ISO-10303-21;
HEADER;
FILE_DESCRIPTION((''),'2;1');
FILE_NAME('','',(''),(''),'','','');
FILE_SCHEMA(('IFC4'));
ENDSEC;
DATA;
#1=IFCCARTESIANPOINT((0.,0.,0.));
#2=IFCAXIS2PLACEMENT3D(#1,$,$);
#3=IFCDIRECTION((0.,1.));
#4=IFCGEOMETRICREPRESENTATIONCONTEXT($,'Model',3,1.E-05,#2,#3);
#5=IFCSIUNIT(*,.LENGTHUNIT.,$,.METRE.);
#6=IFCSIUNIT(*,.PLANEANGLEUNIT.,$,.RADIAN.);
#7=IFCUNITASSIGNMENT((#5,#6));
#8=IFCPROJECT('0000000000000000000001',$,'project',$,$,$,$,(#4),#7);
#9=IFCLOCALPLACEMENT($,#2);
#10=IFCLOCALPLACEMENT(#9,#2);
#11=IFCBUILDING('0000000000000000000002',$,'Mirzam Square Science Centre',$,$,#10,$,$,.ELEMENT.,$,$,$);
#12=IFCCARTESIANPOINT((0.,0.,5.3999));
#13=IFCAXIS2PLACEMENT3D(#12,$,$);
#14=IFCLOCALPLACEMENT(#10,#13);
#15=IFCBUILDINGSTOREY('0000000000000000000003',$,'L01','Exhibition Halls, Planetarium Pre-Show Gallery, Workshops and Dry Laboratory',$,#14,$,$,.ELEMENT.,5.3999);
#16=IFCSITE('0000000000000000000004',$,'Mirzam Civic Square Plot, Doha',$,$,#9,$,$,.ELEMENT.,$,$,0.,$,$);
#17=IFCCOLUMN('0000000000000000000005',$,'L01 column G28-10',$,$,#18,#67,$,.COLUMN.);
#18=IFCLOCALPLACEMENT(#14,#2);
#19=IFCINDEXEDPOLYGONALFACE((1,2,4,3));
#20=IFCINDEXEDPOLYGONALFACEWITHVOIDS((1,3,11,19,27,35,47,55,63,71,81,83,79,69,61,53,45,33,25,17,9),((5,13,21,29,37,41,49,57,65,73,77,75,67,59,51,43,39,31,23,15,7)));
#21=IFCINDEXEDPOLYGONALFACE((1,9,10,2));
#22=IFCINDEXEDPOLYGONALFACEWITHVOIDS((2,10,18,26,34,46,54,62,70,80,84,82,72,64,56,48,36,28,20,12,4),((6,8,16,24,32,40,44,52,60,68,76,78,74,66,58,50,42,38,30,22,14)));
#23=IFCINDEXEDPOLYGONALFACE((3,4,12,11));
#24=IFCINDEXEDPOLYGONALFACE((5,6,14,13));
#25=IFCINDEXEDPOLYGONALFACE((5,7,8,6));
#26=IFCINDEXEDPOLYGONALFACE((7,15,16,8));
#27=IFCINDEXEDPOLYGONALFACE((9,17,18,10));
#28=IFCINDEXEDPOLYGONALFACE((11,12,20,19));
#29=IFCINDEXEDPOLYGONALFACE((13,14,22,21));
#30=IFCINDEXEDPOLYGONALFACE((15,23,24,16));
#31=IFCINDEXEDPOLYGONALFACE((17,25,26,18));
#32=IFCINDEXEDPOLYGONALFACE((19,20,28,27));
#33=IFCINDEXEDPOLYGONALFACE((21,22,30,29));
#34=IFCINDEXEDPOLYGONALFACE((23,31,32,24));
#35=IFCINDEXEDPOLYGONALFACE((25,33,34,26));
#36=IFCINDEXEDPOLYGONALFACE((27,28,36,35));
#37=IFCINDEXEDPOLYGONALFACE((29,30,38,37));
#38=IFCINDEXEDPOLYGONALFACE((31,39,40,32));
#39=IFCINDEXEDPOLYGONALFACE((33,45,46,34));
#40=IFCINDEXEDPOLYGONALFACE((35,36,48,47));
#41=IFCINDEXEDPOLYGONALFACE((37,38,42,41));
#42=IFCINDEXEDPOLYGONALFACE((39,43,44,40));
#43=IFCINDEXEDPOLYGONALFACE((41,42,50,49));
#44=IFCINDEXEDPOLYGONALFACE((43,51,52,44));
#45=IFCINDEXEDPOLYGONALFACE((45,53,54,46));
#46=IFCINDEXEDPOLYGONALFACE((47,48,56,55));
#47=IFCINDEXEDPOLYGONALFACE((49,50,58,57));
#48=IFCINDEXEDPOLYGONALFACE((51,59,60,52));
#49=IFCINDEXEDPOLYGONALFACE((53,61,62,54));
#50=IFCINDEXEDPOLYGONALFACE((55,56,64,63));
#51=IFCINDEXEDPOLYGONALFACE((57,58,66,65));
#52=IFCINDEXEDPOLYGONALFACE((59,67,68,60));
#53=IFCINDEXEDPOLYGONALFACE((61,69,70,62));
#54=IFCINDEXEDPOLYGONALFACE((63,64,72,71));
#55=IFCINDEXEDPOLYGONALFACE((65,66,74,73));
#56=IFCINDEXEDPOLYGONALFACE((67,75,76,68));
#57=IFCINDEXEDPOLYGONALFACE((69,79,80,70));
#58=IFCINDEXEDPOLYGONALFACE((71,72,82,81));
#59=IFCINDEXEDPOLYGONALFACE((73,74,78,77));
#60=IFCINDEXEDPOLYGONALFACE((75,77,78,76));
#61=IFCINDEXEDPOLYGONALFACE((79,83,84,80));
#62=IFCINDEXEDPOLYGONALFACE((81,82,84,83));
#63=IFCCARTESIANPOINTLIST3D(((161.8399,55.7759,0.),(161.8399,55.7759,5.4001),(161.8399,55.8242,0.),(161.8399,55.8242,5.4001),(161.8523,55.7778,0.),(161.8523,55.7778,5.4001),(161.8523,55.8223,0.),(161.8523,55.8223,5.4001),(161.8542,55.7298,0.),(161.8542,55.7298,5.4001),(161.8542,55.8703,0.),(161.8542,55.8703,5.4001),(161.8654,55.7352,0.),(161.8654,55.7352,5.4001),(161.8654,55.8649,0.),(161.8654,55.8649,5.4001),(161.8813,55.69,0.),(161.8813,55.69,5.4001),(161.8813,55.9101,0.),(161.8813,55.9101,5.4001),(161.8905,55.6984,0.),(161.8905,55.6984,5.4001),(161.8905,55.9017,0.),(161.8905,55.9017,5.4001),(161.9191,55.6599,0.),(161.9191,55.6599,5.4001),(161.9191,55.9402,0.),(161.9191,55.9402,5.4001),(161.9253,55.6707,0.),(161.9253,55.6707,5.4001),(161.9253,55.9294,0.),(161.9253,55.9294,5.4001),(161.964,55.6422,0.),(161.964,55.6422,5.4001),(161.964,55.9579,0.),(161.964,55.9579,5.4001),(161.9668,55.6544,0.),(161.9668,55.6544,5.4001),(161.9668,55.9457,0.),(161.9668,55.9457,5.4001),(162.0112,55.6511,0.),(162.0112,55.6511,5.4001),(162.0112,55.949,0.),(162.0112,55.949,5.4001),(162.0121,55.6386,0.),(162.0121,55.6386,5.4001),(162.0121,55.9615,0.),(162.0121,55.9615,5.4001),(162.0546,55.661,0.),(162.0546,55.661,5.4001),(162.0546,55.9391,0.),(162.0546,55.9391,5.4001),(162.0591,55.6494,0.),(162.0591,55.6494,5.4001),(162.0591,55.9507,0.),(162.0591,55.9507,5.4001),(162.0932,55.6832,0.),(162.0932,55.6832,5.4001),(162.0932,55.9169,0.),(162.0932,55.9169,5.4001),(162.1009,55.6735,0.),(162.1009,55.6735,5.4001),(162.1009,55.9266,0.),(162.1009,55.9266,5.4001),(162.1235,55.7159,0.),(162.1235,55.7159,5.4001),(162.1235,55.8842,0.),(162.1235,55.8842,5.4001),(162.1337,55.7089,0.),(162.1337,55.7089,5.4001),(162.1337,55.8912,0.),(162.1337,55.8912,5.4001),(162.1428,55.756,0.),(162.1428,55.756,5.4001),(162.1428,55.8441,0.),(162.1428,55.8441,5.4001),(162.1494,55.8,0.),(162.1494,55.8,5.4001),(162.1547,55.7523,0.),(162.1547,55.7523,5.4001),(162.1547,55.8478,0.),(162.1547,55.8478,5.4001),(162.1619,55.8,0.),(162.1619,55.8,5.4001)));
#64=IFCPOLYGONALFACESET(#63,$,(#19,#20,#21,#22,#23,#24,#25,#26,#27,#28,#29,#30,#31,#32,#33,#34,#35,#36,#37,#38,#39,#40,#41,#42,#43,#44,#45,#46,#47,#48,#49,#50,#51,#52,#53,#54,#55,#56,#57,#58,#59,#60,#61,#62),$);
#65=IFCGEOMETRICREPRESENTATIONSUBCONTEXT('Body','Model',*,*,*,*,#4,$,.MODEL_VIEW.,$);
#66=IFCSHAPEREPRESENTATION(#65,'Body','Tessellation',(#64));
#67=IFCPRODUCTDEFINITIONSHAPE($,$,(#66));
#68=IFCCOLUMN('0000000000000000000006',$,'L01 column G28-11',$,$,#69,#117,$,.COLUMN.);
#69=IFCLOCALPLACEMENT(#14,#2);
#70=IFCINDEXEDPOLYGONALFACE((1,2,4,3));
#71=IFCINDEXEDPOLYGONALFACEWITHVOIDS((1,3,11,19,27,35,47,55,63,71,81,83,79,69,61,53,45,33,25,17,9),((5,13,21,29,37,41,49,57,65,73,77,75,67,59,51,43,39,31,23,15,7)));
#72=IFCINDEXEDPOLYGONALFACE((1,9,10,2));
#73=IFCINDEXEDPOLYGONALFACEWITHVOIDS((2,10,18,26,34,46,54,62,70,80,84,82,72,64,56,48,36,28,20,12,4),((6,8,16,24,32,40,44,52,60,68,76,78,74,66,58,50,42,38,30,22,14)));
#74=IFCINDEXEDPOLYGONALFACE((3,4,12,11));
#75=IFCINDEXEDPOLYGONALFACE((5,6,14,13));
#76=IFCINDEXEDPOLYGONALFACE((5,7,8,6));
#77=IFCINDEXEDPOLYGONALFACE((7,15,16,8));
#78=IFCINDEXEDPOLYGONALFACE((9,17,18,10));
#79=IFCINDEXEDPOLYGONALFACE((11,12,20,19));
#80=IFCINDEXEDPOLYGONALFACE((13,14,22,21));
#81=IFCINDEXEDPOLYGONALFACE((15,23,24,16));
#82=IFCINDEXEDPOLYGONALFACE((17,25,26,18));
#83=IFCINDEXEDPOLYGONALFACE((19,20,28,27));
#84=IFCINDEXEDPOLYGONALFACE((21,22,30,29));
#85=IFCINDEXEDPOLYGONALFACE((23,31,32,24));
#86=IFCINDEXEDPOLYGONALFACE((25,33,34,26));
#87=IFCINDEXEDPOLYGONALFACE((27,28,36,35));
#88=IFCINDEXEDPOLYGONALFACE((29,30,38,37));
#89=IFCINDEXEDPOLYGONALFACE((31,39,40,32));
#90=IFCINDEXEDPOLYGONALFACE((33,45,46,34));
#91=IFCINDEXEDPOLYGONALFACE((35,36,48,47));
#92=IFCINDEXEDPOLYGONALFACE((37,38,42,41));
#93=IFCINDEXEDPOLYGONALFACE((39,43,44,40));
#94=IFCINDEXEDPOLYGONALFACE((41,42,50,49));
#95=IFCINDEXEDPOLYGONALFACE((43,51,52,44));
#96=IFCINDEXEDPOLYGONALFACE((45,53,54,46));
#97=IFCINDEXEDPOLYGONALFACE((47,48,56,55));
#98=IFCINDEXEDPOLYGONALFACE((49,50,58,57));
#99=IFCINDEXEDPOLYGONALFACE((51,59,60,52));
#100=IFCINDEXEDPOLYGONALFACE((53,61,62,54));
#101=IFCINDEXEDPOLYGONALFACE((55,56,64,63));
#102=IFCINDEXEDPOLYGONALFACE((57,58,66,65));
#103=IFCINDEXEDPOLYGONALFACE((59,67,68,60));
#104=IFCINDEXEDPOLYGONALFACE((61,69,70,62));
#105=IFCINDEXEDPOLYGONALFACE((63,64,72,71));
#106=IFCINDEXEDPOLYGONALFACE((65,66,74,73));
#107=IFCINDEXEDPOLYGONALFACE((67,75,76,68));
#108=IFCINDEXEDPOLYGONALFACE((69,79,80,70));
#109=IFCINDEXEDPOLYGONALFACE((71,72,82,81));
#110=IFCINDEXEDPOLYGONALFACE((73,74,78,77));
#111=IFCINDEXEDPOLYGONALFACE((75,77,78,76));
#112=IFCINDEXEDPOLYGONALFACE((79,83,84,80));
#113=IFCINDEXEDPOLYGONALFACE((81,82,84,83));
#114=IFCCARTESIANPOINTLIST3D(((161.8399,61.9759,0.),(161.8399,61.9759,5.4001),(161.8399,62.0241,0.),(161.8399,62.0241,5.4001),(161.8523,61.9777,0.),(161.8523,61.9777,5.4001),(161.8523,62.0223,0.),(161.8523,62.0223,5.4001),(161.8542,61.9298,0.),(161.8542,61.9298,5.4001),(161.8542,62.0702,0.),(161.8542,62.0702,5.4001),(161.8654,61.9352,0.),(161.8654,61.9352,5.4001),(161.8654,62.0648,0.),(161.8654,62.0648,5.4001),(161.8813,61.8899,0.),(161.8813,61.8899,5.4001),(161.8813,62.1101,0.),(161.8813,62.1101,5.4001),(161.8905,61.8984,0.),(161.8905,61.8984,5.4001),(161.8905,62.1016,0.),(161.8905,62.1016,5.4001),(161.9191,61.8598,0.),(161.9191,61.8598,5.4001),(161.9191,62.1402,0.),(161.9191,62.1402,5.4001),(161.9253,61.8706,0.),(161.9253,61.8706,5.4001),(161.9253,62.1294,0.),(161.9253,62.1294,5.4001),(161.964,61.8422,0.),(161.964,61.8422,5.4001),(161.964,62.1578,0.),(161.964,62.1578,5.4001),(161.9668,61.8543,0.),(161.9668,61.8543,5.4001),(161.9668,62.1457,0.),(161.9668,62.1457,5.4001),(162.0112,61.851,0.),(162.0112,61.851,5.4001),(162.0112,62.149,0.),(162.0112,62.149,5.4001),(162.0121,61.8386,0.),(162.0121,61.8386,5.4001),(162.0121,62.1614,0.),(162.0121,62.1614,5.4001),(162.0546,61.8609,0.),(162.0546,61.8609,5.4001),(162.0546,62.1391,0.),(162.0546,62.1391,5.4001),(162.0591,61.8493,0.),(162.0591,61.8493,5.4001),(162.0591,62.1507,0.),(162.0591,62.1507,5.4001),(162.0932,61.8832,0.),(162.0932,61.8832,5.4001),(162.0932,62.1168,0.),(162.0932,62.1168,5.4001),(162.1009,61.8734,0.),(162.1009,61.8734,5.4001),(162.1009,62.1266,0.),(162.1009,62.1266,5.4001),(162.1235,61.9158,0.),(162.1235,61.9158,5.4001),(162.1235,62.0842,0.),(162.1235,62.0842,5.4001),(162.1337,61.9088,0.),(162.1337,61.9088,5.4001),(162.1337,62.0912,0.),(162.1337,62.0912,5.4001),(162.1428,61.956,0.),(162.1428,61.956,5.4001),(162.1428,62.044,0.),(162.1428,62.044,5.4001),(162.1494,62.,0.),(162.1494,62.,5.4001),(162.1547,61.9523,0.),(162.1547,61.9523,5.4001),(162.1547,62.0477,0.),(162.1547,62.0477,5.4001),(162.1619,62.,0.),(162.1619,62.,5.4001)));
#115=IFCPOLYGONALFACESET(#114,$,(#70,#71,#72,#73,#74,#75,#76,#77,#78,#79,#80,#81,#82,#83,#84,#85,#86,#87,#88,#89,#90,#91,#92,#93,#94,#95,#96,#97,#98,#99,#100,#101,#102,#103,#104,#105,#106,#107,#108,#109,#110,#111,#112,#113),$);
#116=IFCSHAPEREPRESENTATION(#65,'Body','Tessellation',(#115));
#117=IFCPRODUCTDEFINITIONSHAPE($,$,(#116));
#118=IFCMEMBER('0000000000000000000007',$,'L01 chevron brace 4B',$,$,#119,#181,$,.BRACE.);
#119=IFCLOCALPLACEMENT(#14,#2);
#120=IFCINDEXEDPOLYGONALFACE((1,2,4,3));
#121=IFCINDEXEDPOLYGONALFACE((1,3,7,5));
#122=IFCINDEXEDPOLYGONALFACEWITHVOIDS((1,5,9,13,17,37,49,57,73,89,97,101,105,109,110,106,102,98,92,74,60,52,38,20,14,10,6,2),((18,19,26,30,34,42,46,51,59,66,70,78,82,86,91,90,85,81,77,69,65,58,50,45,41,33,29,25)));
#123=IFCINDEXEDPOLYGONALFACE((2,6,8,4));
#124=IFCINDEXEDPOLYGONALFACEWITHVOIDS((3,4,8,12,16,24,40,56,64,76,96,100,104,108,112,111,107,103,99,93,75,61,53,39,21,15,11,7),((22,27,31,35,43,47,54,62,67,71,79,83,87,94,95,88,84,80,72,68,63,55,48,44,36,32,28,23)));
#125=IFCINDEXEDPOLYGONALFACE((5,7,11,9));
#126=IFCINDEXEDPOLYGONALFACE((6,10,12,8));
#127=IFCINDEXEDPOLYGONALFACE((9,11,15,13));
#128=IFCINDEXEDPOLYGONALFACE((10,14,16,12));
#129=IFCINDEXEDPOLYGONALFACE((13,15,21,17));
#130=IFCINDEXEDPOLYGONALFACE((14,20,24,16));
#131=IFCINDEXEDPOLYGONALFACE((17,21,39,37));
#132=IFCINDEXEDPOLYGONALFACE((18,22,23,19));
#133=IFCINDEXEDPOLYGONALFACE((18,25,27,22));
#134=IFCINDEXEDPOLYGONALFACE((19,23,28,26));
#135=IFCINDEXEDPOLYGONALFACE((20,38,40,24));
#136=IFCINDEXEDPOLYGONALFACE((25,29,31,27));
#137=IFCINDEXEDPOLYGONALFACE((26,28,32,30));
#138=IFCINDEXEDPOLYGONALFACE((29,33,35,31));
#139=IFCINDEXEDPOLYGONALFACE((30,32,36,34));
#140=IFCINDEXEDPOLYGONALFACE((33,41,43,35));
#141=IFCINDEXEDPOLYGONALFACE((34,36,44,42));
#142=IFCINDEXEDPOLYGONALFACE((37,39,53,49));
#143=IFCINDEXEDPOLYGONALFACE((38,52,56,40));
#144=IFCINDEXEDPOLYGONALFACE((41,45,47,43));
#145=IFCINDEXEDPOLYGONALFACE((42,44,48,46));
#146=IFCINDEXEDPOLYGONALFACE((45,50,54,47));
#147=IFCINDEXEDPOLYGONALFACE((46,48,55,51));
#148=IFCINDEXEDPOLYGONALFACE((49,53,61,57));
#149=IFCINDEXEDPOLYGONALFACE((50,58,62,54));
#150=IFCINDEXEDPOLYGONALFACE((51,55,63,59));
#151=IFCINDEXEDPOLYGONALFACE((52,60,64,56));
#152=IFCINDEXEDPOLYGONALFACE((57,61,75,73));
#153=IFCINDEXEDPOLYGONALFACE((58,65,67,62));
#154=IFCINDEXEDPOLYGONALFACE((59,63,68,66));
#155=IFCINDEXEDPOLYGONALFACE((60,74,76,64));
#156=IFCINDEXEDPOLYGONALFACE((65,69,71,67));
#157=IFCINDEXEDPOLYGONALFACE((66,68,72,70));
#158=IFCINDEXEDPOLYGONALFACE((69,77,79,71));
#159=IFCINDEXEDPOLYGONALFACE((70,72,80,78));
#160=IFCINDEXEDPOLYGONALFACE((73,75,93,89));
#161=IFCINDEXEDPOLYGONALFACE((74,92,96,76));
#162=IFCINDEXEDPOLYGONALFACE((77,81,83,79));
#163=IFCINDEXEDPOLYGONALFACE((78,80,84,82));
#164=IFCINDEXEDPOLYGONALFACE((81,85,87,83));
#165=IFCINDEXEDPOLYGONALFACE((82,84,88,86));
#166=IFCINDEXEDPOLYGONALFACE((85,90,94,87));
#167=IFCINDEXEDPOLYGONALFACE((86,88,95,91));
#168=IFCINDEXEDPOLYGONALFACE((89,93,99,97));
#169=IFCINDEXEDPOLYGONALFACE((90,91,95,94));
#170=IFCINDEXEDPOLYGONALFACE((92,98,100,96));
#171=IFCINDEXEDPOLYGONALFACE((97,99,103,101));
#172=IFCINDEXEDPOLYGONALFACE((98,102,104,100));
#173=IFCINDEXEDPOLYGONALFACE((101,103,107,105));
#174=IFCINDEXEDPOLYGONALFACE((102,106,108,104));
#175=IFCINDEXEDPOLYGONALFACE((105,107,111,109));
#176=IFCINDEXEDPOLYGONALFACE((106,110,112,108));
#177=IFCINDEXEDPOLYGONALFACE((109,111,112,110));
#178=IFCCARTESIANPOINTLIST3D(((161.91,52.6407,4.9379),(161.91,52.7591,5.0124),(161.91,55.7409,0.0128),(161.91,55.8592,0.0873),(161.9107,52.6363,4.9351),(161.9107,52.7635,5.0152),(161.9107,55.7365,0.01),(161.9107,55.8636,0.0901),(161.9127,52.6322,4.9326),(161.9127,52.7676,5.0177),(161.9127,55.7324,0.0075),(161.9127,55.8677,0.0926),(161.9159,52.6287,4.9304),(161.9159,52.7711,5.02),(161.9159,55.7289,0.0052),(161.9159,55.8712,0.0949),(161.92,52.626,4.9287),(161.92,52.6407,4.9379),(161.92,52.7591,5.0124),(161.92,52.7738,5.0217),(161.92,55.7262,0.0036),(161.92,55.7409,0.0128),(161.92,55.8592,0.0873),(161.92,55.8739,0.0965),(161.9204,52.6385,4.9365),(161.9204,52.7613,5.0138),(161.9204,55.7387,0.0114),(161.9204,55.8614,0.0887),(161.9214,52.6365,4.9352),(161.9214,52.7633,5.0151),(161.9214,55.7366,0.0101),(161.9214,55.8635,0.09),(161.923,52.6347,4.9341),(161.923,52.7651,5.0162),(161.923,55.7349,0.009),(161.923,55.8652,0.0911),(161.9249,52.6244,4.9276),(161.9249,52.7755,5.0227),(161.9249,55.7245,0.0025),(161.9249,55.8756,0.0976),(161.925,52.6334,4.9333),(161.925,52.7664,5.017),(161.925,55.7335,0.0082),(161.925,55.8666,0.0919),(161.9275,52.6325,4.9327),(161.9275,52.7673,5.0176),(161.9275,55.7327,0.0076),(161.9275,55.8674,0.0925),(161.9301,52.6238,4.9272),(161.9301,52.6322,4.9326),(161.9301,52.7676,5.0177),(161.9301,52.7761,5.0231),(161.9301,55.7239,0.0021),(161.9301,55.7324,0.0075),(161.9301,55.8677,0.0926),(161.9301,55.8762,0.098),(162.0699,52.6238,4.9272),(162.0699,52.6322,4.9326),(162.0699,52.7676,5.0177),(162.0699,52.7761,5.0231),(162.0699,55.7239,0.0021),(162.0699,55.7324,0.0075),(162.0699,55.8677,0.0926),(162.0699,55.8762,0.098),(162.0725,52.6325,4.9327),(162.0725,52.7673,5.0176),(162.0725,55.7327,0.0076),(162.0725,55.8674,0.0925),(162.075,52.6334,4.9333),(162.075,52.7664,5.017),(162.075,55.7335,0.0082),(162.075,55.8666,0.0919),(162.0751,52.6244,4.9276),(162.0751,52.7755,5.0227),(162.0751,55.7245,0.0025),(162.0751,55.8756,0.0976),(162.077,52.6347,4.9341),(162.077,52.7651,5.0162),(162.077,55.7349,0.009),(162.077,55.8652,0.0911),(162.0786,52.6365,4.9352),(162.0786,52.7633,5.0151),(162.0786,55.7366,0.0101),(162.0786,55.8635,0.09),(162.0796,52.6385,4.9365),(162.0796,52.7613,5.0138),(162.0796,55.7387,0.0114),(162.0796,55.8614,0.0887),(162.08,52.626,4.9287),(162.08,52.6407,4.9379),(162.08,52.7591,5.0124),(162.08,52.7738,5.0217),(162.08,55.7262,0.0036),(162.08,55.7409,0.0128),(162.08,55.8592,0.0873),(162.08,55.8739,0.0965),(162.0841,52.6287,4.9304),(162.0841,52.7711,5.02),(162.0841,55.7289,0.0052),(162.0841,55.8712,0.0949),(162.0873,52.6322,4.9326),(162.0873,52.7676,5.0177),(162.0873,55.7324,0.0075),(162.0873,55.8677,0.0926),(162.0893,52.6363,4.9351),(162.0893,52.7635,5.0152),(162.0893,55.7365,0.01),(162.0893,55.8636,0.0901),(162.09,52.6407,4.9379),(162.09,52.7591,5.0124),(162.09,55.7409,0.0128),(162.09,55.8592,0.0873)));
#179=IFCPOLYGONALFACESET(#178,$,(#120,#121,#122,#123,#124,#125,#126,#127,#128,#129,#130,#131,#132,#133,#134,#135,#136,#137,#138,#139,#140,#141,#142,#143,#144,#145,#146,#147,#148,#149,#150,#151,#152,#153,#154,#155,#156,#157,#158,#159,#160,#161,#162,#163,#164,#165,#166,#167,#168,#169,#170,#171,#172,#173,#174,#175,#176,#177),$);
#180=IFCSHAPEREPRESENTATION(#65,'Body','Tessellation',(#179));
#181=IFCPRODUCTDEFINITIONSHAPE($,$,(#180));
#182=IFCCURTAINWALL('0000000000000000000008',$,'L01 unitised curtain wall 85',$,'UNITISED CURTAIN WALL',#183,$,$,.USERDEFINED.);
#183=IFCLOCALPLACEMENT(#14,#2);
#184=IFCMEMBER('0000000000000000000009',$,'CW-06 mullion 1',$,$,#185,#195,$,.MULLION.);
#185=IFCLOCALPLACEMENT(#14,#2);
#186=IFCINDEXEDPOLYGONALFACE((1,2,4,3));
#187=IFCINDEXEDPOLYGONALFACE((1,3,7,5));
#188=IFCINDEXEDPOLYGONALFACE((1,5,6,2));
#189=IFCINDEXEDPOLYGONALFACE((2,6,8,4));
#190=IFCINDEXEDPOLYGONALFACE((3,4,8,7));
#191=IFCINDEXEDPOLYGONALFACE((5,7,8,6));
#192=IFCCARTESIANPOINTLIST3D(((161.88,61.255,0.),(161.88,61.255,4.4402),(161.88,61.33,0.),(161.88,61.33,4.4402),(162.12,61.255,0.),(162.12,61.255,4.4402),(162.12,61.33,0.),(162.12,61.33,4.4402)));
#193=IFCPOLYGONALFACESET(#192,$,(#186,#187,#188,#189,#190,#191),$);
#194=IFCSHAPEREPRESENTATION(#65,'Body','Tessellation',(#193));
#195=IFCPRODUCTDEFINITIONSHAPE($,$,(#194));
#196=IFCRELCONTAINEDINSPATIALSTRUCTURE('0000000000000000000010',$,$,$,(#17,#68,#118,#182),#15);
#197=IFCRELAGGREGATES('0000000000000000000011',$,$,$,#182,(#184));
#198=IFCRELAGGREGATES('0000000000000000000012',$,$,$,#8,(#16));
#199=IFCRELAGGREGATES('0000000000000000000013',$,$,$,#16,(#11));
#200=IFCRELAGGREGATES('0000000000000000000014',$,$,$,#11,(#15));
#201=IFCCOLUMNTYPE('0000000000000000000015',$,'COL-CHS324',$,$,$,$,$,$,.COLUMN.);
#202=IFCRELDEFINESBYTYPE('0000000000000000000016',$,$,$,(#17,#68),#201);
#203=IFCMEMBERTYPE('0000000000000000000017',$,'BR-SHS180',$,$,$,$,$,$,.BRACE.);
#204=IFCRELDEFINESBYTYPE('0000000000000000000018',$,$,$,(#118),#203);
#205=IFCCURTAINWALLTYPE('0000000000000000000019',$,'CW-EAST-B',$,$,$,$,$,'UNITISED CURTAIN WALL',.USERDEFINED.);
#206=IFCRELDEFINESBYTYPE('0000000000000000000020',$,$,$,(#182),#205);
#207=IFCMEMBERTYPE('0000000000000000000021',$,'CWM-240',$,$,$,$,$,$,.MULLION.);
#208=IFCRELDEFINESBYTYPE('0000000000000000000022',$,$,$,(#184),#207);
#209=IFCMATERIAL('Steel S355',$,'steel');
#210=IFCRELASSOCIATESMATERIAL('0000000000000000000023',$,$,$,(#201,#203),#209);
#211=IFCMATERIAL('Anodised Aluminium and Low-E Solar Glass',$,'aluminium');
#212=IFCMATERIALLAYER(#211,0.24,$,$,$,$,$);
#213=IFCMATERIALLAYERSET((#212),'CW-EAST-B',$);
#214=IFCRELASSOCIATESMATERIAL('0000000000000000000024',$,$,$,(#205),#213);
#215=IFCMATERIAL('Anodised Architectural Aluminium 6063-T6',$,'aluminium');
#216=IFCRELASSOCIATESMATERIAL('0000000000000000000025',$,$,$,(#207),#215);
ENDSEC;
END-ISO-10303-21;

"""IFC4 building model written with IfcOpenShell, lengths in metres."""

from ifc_helpers import new_model, si_unit, direction, frame, origin, origin_2d, place, context, subcontext, project, spatial, rectangle, hollow_rectangle, hollow_circle, extrude, material, layer, layer_set, material_profile, profile_set, type_object, element, aggregate, save


model = new_model("IFC4")

# Units and contexts
model_context = context("Model", 3, precision=1e-05, world=origin(), true_north=direction((0.0, 1.0)))
body_context = subcontext(model_context, "Body", "Model", "MODEL_VIEW")
ifc_project = project(units=[si_unit("LENGTHUNIT", "METRE"), si_unit("PLANEANGLEUNIT", "RADIAN")], contexts=[model_context])

# Site, building, storey
site_placement = place(None, origin())
site = spatial("IfcSite", under=ifc_project, at=site_placement, Name="Mirzam Civic Square Plot, Doha", CompositionType="ELEMENT", RefElevation=0.0)
building_placement = place(site_placement, origin())
building = spatial("IfcBuilding", under=site, at=building_placement, Name="Mirzam Square Science Centre", CompositionType="ELEMENT")
storey_placement = place(building_placement, frame((0.0, 0.0, 5.3999)))
storey = spatial("IfcBuildingStorey", under=building, at=storey_placement, Name="L01", Description="Exhibition Halls, Planetarium Pre-Show Gallery, Workshops and Dry Laboratory", CompositionType="ELEMENT", Elevation=5.3999)

# Columns
ifc_material_1 = material(Name="Steel S355", Category="steel")
ifc_material_profile_1 = material_profile(ifc_material_1, hollow_circle(Radius=0.1619, WallThickness=0.0125, at=origin_2d()), Name="323.9x12.5CHS")
ifc_profile_set_1 = profile_set([ifc_material_profile_1], Name="Steel S355")
column_type = type_object("IfcColumnType", Name="COL-CHS324", PredefinedType="COLUMN", material=ifc_profile_set_1)
for number, where, z_axis, x_axis, name in (
    (1, (162.0, 55.8, 0.0), (0.0, 0.0, 1.0), (1.0, 0.0, 0.0), "L01 column G28-10"),
    (2, (162.0, 62.0, 0.0), (0.0, 0.0, 1.0), (1.0, 0.0, 0.0), "L01 column G28-11"),
):
    element("IfcColumn", number, at=place(storey_placement, frame(where, z_axis=z_axis, x_axis=x_axis)), inside=storey, type_object=column_type, Name=name, PredefinedType="COLUMN", context=body_context, shape_type="SweptSolid", body=[
        extrude(hollow_circle(Radius=0.1619, WallThickness=0.0125, at=origin_2d()), origin(), (0.0, 0.0, 1.0), 5.4001),
    ])

# Member
ifc_material_profile_2 = material_profile(ifc_material_1, hollow_rectangle(XDim=0.1799, YDim=0.1799, WallThickness=0.01, InnerFilletRadius=0.01, OuterFilletRadius=0.02, at=origin_2d()), Name="180x180x10.0SHS")
ifc_profile_set_2 = profile_set([ifc_material_profile_2], Name="Steel S355")
member_type_1 = type_object("IfcMemberType", Name="BR-SHS180", PredefinedType="BRACE", material=ifc_profile_set_2)
member_1_placement = place(storey_placement, frame((162.0, 55.8, 0.05), z_axis=(0.0, -0.532708, 0.846299), x_axis=(1.0, 0.0, 0.0)))
element("IfcMember", 3, at=member_1_placement, inside=storey, type_object=member_type_1, Name="L01 chevron brace 4B", PredefinedType="BRACE", context=body_context, shape_type="SweptSolid", body=[
    extrude(hollow_rectangle(XDim=0.1799, YDim=0.1799, WallThickness=0.01, InnerFilletRadius=0.01, OuterFilletRadius=0.02, at=origin_2d()), origin(), (0.0, 0.0, 1.0), 5.8196),
])

# Curtain wall, member
ifc_material_2 = material(Name="Anodised Aluminium and Low-E Solar Glass", Category="aluminium")
ifc_layer_1 = layer(ifc_material_2, 0.24)
ifc_layer_set_1 = layer_set([ifc_layer_1], Name="CW-EAST-B")
curtain_wall_type = type_object("IfcCurtainWallType", Name="CW-EAST-B", ElementType="UNITISED CURTAIN WALL", PredefinedType="USERDEFINED", material=ifc_layer_set_1)
curtain_wall_placement = place(storey_placement, origin())
curtain_wall = element("IfcCurtainWall", 4, at=curtain_wall_placement, inside=storey, type_object=curtain_wall_type, Name="L01 unitised curtain wall 85", ObjectType="UNITISED CURTAIN WALL", PredefinedType="USERDEFINED")
ifc_material_3 = material(Name="Anodised Architectural Aluminium 6063-T6", Category="aluminium")
ifc_material_profile_3 = material_profile(ifc_material_3, rectangle(XDim=0.075, YDim=0.24, at=origin_2d()), Name="ALU-MULL-240x75x5")
ifc_profile_set_3 = profile_set([ifc_material_profile_3], Name="Anodised Architectural Aluminium 6063-T6")
member_type_2 = type_object("IfcMemberType", Name="CWM-240", PredefinedType="MULLION", material=ifc_profile_set_3)
member_2_placement = place(storey_placement, frame((162.0, 61.2925, 0.0), z_axis=(0.0, 0.0, 1.0), x_axis=(0.0, 1.0, 0.0)))
member_2 = element("IfcMember", 5, at=member_2_placement, type_object=member_type_2, Name="CW-06 mullion 1", PredefinedType="MULLION", context=body_context, shape_type="SweptSolid", body=[
    extrude(rectangle(XDim=0.075, YDim=0.24, at=origin_2d()), origin(), (0.0, 0.0, 1.0), 4.4402),
])

aggregate(curtain_wall, [member_2])

save(model, "model.ifc")
